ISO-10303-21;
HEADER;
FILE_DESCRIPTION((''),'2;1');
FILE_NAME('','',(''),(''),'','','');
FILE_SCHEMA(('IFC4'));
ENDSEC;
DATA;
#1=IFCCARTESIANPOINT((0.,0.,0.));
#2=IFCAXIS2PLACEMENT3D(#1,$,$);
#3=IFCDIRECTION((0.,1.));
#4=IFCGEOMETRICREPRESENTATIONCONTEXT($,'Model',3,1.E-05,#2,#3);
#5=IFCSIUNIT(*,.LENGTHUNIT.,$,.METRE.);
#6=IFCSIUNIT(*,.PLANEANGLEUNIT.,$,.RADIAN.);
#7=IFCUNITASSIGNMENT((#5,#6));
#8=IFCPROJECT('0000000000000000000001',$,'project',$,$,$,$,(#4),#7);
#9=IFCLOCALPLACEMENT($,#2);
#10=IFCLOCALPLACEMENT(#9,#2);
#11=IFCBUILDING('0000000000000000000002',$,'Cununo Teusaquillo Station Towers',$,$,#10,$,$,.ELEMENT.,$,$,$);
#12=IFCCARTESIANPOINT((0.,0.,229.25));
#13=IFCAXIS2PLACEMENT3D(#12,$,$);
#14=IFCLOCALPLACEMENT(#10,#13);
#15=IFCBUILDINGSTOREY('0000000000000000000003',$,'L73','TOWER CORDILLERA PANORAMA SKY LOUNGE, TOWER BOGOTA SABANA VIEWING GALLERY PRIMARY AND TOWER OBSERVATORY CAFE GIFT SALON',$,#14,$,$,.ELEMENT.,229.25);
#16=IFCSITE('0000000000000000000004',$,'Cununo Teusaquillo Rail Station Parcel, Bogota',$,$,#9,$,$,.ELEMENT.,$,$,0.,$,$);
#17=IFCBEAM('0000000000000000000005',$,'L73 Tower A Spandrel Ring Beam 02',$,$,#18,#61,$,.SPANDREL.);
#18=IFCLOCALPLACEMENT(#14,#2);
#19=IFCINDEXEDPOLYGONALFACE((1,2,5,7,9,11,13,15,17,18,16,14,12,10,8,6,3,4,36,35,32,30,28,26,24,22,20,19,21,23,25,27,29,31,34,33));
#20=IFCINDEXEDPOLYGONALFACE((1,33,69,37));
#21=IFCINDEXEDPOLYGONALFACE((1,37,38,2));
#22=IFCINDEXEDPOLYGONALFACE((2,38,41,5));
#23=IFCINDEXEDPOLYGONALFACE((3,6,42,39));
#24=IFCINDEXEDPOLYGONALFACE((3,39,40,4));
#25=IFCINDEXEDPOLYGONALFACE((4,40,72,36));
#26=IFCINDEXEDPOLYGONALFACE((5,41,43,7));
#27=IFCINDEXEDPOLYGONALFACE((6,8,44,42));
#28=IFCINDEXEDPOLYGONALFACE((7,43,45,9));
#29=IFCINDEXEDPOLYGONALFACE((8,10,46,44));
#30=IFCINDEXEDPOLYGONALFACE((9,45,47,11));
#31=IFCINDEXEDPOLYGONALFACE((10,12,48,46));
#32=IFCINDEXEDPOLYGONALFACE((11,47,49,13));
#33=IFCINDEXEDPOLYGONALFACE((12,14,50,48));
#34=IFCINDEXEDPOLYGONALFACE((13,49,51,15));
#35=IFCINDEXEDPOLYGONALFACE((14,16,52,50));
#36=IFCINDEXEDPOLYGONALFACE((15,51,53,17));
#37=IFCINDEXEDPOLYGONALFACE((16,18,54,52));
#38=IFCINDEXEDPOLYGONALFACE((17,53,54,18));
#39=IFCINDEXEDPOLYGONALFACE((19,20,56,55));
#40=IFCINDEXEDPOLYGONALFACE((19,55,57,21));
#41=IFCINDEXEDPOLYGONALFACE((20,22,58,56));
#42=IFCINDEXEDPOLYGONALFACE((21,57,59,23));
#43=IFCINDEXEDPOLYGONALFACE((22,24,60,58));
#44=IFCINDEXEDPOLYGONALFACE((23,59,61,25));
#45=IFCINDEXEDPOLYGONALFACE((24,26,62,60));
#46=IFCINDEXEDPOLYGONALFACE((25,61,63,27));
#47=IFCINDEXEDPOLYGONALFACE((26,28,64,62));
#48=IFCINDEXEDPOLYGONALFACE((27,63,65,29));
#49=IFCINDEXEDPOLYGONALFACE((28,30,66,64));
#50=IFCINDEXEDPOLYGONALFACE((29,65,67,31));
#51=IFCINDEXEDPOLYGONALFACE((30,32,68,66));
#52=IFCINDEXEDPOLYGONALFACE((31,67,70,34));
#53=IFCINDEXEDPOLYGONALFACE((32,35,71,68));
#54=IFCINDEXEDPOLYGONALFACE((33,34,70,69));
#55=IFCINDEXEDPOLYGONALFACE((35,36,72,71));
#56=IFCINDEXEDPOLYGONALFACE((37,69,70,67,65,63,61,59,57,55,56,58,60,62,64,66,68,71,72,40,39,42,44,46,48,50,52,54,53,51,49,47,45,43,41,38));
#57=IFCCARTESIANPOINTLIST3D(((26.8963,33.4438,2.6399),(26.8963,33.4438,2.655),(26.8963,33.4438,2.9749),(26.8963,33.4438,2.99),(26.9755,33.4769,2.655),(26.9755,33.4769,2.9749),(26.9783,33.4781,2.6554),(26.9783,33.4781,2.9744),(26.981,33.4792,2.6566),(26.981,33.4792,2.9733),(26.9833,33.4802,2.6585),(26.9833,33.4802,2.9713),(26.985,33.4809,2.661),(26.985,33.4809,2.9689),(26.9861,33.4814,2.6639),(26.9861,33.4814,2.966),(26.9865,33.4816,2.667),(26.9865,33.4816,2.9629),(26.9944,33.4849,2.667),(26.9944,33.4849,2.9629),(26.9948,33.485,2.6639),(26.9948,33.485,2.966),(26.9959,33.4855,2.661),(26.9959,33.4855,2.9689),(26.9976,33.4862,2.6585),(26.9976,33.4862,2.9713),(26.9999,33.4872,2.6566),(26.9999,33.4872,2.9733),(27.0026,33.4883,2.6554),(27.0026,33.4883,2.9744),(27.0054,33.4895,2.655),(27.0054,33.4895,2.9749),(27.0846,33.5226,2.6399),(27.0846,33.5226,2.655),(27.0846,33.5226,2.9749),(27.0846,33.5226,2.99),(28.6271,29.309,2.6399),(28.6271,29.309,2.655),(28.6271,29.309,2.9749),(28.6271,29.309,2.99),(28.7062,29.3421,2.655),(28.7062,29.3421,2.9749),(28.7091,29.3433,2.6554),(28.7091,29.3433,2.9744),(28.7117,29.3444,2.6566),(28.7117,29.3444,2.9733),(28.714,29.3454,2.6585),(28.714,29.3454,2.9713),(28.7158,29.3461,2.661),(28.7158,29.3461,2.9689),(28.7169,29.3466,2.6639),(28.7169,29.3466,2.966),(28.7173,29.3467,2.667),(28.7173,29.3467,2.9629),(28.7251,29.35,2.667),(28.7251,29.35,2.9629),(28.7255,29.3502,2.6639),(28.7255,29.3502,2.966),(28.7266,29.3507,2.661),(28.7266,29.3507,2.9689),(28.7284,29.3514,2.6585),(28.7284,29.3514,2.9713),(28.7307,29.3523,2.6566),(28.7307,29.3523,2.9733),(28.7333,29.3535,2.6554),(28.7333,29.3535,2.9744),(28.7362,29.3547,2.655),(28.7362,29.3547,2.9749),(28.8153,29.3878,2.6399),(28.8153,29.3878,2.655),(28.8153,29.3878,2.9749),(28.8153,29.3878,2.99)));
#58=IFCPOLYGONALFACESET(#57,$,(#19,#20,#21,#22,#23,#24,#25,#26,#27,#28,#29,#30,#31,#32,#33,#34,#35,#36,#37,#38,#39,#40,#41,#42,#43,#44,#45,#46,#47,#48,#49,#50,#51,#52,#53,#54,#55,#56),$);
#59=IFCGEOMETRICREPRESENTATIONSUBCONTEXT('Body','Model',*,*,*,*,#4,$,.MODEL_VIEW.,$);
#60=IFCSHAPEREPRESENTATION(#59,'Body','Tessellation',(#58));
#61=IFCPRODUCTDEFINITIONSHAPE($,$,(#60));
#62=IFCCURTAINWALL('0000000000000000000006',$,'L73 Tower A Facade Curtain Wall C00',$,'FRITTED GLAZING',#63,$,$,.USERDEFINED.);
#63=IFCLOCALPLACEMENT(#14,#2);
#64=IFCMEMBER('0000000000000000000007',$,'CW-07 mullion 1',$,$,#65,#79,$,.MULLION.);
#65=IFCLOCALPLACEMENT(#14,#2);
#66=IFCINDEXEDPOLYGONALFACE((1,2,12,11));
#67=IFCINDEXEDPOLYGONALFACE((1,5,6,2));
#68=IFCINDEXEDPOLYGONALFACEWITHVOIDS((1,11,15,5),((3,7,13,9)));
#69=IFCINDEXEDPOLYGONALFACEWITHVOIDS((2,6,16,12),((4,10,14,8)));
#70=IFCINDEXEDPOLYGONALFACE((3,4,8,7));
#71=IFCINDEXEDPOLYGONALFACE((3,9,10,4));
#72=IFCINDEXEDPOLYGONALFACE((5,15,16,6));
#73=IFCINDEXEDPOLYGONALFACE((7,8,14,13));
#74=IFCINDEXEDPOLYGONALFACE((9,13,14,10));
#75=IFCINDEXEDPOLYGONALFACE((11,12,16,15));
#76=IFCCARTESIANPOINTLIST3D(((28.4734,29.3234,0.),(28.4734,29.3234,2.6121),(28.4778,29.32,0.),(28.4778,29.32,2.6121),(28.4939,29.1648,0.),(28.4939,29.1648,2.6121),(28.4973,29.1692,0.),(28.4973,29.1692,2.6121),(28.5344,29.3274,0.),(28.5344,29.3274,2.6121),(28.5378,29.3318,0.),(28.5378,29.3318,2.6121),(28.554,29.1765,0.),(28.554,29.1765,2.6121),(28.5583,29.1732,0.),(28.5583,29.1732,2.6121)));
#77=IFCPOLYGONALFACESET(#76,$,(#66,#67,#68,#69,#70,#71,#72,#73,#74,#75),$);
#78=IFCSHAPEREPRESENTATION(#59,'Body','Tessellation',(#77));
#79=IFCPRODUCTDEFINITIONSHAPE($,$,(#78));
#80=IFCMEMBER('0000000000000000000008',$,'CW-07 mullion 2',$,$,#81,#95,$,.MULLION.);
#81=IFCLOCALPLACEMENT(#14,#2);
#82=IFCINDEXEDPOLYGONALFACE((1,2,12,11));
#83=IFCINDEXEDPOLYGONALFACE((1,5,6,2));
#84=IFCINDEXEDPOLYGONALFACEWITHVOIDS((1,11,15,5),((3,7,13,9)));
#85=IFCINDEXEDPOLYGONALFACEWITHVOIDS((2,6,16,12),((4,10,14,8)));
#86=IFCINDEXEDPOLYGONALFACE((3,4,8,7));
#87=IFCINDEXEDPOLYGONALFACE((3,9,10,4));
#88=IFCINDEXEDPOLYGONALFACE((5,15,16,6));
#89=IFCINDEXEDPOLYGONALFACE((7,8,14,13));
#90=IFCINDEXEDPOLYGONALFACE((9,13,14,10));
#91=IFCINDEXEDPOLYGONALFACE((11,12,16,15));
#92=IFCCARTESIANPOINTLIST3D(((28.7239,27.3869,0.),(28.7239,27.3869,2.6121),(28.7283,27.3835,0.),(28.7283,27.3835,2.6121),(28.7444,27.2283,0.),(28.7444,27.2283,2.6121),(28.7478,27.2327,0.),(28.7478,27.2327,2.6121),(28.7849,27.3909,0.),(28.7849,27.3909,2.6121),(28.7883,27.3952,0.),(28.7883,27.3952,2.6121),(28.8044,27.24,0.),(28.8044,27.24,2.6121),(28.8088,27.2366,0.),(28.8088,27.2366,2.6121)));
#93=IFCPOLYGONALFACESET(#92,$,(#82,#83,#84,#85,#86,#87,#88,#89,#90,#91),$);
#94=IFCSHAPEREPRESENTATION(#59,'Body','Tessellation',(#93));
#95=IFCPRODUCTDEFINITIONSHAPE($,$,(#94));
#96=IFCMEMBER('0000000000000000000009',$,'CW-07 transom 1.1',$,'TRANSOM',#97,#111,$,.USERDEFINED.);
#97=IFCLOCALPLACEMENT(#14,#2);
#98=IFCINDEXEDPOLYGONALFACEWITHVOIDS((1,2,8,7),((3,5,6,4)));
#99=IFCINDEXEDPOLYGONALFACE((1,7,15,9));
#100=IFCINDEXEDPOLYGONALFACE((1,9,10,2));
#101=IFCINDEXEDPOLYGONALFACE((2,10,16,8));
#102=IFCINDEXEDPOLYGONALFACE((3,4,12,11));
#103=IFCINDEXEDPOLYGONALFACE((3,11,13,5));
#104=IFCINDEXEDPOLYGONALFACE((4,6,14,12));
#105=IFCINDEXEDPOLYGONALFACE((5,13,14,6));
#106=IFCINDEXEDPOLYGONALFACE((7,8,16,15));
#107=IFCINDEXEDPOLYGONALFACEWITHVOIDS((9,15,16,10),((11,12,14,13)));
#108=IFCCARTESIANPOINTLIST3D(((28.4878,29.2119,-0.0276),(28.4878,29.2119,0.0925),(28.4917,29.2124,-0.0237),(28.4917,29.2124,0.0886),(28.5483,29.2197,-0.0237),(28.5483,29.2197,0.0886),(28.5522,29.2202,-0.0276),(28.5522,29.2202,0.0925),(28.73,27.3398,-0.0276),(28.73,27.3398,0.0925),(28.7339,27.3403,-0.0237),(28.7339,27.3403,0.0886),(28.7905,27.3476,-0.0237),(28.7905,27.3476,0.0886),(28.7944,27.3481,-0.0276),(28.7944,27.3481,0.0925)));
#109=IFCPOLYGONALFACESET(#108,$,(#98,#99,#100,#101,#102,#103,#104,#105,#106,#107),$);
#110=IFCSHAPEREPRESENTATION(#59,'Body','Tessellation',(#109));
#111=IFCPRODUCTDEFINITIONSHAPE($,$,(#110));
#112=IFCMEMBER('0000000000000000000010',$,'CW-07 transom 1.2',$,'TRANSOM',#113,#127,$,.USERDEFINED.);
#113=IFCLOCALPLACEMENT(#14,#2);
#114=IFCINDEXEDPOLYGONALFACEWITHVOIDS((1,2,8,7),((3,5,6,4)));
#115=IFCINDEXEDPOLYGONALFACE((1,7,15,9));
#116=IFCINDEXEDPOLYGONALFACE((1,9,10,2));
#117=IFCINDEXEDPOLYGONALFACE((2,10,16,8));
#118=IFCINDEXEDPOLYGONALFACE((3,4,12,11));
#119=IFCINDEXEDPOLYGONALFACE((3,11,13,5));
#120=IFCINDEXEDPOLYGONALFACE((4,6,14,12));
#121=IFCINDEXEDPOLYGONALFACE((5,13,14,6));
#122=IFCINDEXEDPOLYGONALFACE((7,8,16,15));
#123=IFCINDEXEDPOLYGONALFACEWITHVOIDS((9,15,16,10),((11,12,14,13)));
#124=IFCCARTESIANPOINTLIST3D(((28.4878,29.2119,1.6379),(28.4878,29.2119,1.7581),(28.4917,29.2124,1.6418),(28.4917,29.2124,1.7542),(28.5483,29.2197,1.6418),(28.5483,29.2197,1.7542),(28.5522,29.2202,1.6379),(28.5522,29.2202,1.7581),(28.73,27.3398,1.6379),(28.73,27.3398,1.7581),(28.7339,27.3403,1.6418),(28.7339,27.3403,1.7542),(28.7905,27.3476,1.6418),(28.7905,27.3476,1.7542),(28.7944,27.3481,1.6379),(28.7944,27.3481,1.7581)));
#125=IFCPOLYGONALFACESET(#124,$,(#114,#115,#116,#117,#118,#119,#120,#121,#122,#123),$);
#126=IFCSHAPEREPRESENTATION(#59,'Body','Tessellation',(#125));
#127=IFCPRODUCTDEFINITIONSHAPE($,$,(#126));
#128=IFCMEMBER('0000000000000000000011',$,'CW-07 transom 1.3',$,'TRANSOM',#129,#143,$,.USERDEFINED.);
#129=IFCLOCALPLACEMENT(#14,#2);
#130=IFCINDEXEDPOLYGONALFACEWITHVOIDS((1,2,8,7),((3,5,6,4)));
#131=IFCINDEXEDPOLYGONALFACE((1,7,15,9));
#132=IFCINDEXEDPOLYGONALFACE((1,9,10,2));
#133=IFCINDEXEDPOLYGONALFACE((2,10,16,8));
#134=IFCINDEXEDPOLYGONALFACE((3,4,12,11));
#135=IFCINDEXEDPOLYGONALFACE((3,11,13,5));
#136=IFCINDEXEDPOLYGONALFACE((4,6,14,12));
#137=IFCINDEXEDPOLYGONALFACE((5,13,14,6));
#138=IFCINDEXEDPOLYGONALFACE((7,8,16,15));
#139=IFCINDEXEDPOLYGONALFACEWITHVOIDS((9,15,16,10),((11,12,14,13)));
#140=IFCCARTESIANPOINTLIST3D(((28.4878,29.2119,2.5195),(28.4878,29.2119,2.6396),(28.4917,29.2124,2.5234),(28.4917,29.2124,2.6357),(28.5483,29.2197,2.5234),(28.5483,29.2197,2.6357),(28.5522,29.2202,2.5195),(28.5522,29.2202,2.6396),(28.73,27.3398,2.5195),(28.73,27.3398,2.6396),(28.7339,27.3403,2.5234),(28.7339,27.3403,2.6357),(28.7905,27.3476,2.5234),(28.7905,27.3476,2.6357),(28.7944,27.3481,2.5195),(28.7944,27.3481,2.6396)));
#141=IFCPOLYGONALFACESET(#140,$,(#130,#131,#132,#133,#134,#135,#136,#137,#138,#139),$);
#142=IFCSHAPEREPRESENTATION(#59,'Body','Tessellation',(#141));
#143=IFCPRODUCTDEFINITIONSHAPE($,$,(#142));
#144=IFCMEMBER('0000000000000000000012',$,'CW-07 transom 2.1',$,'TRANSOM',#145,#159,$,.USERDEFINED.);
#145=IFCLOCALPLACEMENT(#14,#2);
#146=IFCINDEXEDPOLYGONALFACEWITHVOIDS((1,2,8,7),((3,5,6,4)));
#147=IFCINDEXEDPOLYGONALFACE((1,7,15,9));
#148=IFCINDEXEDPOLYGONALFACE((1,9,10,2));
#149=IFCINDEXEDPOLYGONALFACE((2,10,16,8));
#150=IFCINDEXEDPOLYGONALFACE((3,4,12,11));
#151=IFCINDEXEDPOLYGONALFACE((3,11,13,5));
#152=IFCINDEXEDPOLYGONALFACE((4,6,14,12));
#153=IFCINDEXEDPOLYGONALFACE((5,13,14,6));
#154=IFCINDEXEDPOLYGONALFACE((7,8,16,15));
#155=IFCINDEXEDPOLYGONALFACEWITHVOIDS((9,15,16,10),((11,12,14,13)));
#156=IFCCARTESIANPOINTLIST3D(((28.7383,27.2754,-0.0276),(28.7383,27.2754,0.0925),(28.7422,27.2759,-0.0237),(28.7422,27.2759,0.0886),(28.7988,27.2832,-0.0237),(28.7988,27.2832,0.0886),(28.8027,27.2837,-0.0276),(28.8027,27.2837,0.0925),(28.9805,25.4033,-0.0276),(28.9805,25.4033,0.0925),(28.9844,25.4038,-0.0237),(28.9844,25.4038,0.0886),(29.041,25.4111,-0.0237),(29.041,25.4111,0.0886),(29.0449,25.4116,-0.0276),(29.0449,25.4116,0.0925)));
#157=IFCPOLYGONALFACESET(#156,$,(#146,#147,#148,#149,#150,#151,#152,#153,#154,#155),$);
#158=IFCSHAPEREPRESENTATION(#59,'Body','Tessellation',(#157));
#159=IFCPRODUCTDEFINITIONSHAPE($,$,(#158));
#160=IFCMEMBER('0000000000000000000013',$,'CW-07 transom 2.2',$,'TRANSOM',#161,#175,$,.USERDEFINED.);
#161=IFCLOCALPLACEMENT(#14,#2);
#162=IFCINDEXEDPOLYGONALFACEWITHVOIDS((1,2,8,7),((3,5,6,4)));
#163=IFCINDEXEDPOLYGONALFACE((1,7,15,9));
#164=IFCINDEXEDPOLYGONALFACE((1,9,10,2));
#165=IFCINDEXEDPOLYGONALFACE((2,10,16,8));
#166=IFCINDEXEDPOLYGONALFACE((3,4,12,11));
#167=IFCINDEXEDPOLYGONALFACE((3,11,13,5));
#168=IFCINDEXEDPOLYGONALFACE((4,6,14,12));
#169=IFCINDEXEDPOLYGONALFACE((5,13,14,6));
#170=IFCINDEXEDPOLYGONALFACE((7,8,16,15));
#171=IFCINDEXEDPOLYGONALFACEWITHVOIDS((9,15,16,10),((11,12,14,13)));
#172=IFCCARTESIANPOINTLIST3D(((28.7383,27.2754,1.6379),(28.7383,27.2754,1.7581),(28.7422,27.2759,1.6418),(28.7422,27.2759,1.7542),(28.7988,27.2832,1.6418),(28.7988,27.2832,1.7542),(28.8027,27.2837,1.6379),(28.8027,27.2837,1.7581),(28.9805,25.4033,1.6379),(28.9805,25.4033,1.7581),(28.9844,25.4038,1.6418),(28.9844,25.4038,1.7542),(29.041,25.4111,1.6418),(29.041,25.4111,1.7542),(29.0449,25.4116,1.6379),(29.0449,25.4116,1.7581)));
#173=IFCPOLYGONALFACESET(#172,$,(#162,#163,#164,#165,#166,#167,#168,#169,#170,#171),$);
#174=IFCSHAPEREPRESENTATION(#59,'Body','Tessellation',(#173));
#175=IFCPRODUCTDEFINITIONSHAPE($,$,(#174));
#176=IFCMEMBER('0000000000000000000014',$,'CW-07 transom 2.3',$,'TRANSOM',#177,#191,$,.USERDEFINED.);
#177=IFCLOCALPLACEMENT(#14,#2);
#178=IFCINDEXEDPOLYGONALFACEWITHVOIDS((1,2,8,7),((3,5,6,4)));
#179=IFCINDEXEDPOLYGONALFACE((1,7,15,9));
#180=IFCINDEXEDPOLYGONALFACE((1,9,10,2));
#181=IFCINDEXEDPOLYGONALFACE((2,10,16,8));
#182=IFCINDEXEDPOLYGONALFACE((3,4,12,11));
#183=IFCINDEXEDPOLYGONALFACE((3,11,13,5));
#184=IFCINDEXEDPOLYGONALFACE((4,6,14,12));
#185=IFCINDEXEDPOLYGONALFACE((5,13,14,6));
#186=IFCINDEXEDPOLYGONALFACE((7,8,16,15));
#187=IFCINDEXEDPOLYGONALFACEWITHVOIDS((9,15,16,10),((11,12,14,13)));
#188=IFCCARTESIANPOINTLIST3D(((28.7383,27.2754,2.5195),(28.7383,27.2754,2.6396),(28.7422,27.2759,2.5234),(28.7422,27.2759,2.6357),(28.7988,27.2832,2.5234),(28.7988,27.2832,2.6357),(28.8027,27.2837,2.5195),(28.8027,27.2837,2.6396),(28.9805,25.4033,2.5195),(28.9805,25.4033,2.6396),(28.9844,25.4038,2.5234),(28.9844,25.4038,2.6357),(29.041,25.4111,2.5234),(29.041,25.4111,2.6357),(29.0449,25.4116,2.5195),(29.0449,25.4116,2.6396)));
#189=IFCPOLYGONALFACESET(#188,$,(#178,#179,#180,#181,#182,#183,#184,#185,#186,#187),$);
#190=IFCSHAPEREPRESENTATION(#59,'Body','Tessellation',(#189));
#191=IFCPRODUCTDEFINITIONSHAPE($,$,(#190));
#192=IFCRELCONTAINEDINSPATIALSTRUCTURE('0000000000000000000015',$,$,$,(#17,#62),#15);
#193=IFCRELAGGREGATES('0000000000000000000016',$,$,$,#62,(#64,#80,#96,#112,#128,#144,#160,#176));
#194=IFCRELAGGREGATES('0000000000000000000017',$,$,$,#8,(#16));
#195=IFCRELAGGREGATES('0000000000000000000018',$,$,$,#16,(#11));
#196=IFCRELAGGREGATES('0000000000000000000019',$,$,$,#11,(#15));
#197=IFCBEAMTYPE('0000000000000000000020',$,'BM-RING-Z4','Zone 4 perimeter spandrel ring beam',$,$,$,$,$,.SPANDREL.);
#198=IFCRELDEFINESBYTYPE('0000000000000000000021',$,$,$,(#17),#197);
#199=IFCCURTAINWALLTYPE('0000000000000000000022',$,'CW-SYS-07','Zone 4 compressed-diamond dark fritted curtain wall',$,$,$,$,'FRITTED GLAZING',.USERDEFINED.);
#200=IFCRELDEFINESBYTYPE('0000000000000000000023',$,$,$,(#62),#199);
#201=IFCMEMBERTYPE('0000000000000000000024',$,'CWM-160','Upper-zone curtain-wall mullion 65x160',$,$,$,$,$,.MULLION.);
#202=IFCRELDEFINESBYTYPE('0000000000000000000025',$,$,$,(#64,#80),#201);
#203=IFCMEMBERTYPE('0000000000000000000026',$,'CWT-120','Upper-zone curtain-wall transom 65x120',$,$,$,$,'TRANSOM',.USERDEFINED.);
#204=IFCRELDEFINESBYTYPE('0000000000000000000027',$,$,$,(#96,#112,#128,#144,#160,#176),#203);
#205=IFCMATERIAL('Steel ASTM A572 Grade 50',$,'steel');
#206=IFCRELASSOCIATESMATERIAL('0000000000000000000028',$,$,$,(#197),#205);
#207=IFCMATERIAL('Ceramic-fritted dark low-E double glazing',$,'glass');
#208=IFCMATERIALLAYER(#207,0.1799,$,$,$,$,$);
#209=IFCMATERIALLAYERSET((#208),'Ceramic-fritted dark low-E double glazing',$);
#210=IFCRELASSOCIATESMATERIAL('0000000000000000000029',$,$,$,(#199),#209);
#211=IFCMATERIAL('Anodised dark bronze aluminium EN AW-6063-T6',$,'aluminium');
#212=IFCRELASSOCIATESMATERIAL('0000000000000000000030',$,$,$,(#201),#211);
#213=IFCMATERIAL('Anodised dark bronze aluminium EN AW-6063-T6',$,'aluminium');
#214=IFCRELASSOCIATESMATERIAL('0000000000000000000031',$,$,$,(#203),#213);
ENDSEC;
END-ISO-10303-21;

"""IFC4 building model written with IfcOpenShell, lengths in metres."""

from ifc_helpers import new_model, si_unit, direction, frame, origin, origin_2d, place, context, subcontext, project, spatial, hollow_rectangle, i_section, extrude, material, layer, layer_set, material_profile, profile_set, type_object, element, aggregate, save


model = new_model("IFC4")

# Units and contexts
model_context = context("Model", 3, precision=1e-05, world=origin(), true_north=direction((0.0, 1.0)))
body_context = subcontext(model_context, "Body", "Model", "MODEL_VIEW")
ifc_project = project(units=[si_unit("LENGTHUNIT", "METRE"), si_unit("PLANEANGLEUNIT", "RADIAN")], contexts=[model_context])

# Site, building, storey
site_placement = place(None, origin())
site = spatial("IfcSite", under=ifc_project, at=site_placement, Name="Cununo Teusaquillo Rail Station Parcel, Bogota", CompositionType="ELEMENT", RefElevation=0.0)
building_placement = place(site_placement, origin())
building = spatial("IfcBuilding", under=site, at=building_placement, Name="Cununo Teusaquillo Station Towers", CompositionType="ELEMENT")
storey_placement = place(building_placement, frame((0.0, 0.0, 229.25)))
storey = spatial("IfcBuildingStorey", under=building, at=storey_placement, Name="L73", Description="TOWER CORDILLERA PANORAMA SKY LOUNGE, TOWER BOGOTA SABANA VIEWING GALLERY PRIMARY AND TOWER OBSERVATORY CAFE GIFT SALON", CompositionType="ELEMENT", Elevation=229.25)

# Beam
ifc_material_1 = material(Name="Steel ASTM A572 Grade 50", Category="steel")
ifc_material_profile_1 = material_profile(ifc_material_1, i_section(OverallWidth=0.2041, OverallDepth=0.3501, WebThickness=0.0085, FlangeThickness=0.0151, FilletRadius=0.012, at=origin_2d()), Name="W14X48")
ifc_profile_set_1 = profile_set([ifc_material_profile_1], Name="Steel ASTM A572 Grade 50")
beam_type_1 = type_object("IfcBeamType", Name="BM-RING-Z4", Description="Zone 4 perimeter spandrel ring beam", PredefinedType="SPANDREL", material=ifc_profile_set_1)
beam_1_placement = place(storey_placement, frame((28.7212, 29.3484, 2.8149), z_axis=(-0.386115, 0.92245, 0.0), x_axis=(-0.92245, -0.386115, 0.0)))
element("IfcBeam", 1, at=beam_1_placement, inside=storey, type_object=beam_type_1, Name="L73 Tower A Spandrel Ring Beam 02", PredefinedType="SPANDREL", context=body_context, shape_type="SweptSolid", body=[
    extrude(i_section(OverallWidth=0.2041, OverallDepth=0.3501, WebThickness=0.0085, FlangeThickness=0.0151, FilletRadius=0.012, at=origin_2d()), origin(), (0.0, 0.0, 1.0), 4.4824),
])

# Curtain wall, members
ifc_material_2 = material(Name="Ceramic-fritted dark low-E double glazing", Category="glass")
ifc_layer_1 = layer(ifc_material_2, 0.1799)
ifc_layer_set_1 = layer_set([ifc_layer_1], Name="Ceramic-fritted dark low-E double glazing")
curtain_wall_type = type_object("IfcCurtainWallType", Name="CW-SYS-07", Description="Zone 4 compressed-diamond dark fritted curtain wall", ElementType="FRITTED GLAZING", PredefinedType="USERDEFINED", material=ifc_layer_set_1)
curtain_wall_placement = place(storey_placement, origin())
curtain_wall = element("IfcCurtainWall", 2, at=curtain_wall_placement, inside=storey, type_object=curtain_wall_type, Name="L73 Tower A Facade Curtain Wall C00", ObjectType="FRITTED GLAZING", PredefinedType="USERDEFINED")
ifc_material_3 = material(Name="Anodised dark bronze aluminium EN AW-6063-T6", Category="aluminium")
ifc_material_profile_2 = material_profile(ifc_material_3, hollow_rectangle(XDim=0.0649, YDim=0.1599, WallThickness=0.0039, at=origin_2d()), Name="CW-MULL-65x160")
ifc_profile_set_2 = profile_set([ifc_material_profile_2], Name="Anodised dark bronze aluminium EN AW-6063-T6")
member_type_1 = type_object("IfcMemberType", Name="CWM-160", Description="Upper-zone curtain-wall mullion 65x160", PredefinedType="MULLION", material=ifc_profile_set_2)
member_1_placement = place(storey_placement, frame((28.5159, 29.2483, 0.0), z_axis=(0.0, 0.0, 1.0), x_axis=(0.991742, 0.128253, 0.0)))
member_1 = element("IfcMember", 3, at=member_1_placement, type_object=member_type_1, Name="CW-07 mullion 1", PredefinedType="MULLION", context=body_context, shape_type="SweptSolid", body=[
    extrude(hollow_rectangle(XDim=0.0649, YDim=0.1599, WallThickness=0.0039, at=origin_2d()), origin(), (0.0, 0.0, 1.0), 2.6121),
])
member_2_placement = place(storey_placement, frame((28.7664, 27.3118, 0.0), z_axis=(0.0, 0.0, 1.0), x_axis=(0.991742, 0.128253, 0.0)))
member_2 = element("IfcMember", 4, at=member_2_placement, type_object=member_type_1, Name="CW-07 mullion 2", PredefinedType="MULLION", context=body_context, shape_type="SweptSolid", body=[
    extrude(hollow_rectangle(XDim=0.0649, YDim=0.1599, WallThickness=0.0039, at=origin_2d()), origin(), (0.0, 0.0, 1.0), 2.6121),
])
ifc_material_4 = material(Name="Anodised dark bronze aluminium EN AW-6063-T6", Category="aluminium")
ifc_material_profile_3 = material_profile(ifc_material_4, hollow_rectangle(XDim=0.0649, YDim=0.1201, WallThickness=0.0039, at=origin_2d()), Name="CW-TRAN-65x120")
ifc_profile_set_3 = profile_set([ifc_material_profile_3], Name="Anodised dark bronze aluminium EN AW-6063-T6")
member_type_2 = type_object("IfcMemberType", Name="CWT-120", Description="Upper-zone curtain-wall transom 65x120", ElementType="TRANSOM", PredefinedType="USERDEFINED", material=ifc_profile_set_3)
member_3_placement = place(storey_placement, frame((28.52, 29.2161, 0.0325), z_axis=(0.1283, -0.991735, 0.0), x_axis=(0.991735, 0.1283, 0.0)))
member_3 = element("IfcMember", 5, at=member_3_placement, type_object=member_type_2, Name="CW-07 transom 1.1", ObjectType="TRANSOM", PredefinedType="USERDEFINED", context=body_context, shape_type="SweptSolid", body=[
    extrude(hollow_rectangle(XDim=0.0649, YDim=0.1201, WallThickness=0.0039, at=origin_2d()), origin(), (0.0, 0.0, 1.0), 1.8877),
])
member_4_placement = place(storey_placement, frame((28.52, 29.2161, 1.698), z_axis=(0.1283, -0.991735, 0.0), x_axis=(0.991735, 0.1283, 0.0)))
member_4 = element("IfcMember", 6, at=member_4_placement, type_object=member_type_2, Name="CW-07 transom 1.2", ObjectType="TRANSOM", PredefinedType="USERDEFINED", context=body_context, shape_type="SweptSolid", body=[
    extrude(hollow_rectangle(XDim=0.0649, YDim=0.1201, WallThickness=0.0039, at=origin_2d()), origin(), (0.0, 0.0, 1.0), 1.8877),
])
member_5_placement = place(storey_placement, frame((28.52, 29.2161, 2.5796), z_axis=(0.1283, -0.991735, 0.0), x_axis=(0.991735, 0.1283, 0.0)))
member_5 = element("IfcMember", 7, at=member_5_placement, type_object=member_type_2, Name="CW-07 transom 1.3", ObjectType="TRANSOM", PredefinedType="USERDEFINED", context=body_context, shape_type="SweptSolid", body=[
    extrude(hollow_rectangle(XDim=0.0649, YDim=0.1201, WallThickness=0.0039, at=origin_2d()), origin(), (0.0, 0.0, 1.0), 1.8877),
])
member_6_placement = place(storey_placement, frame((28.7705, 27.2795, 0.0325), z_axis=(0.1283, -0.991735, 0.0), x_axis=(0.991735, 0.1283, 0.0)))
member_6 = element("IfcMember", 8, at=member_6_placement, type_object=member_type_2, Name="CW-07 transom 2.1", ObjectType="TRANSOM", PredefinedType="USERDEFINED", context=body_context, shape_type="SweptSolid", body=[
    extrude(hollow_rectangle(XDim=0.0649, YDim=0.1201, WallThickness=0.0039, at=origin_2d()), origin(), (0.0, 0.0, 1.0), 1.8877),
])
member_7_placement = place(storey_placement, frame((28.7705, 27.2795, 1.698), z_axis=(0.1283, -0.991735, 0.0), x_axis=(0.991735, 0.1283, 0.0)))
member_7 = element("IfcMember", 9, at=member_7_placement, type_object=member_type_2, Name="CW-07 transom 2.2", ObjectType="TRANSOM", PredefinedType="USERDEFINED", context=body_context, shape_type="SweptSolid", body=[
    extrude(hollow_rectangle(XDim=0.0649, YDim=0.1201, WallThickness=0.0039, at=origin_2d()), origin(), (0.0, 0.0, 1.0), 1.8877),
])
member_8_placement = place(storey_placement, frame((28.7705, 27.2795, 2.5796), z_axis=(0.1283, -0.991735, 0.0), x_axis=(0.991735, 0.1283, 0.0)))
member_8 = element("IfcMember", 10, at=member_8_placement, type_object=member_type_2, Name="CW-07 transom 2.3", ObjectType="TRANSOM", PredefinedType="USERDEFINED", context=body_context, shape_type="SweptSolid", body=[
    extrude(hollow_rectangle(XDim=0.0649, YDim=0.1201, WallThickness=0.0039, at=origin_2d()), origin(), (0.0, 0.0, 1.0), 1.8877),
])
aggregate(curtain_wall, [member_1, member_2, member_3, member_4, member_5, member_6, member_7, member_8])

save(model, "model.ifc")
